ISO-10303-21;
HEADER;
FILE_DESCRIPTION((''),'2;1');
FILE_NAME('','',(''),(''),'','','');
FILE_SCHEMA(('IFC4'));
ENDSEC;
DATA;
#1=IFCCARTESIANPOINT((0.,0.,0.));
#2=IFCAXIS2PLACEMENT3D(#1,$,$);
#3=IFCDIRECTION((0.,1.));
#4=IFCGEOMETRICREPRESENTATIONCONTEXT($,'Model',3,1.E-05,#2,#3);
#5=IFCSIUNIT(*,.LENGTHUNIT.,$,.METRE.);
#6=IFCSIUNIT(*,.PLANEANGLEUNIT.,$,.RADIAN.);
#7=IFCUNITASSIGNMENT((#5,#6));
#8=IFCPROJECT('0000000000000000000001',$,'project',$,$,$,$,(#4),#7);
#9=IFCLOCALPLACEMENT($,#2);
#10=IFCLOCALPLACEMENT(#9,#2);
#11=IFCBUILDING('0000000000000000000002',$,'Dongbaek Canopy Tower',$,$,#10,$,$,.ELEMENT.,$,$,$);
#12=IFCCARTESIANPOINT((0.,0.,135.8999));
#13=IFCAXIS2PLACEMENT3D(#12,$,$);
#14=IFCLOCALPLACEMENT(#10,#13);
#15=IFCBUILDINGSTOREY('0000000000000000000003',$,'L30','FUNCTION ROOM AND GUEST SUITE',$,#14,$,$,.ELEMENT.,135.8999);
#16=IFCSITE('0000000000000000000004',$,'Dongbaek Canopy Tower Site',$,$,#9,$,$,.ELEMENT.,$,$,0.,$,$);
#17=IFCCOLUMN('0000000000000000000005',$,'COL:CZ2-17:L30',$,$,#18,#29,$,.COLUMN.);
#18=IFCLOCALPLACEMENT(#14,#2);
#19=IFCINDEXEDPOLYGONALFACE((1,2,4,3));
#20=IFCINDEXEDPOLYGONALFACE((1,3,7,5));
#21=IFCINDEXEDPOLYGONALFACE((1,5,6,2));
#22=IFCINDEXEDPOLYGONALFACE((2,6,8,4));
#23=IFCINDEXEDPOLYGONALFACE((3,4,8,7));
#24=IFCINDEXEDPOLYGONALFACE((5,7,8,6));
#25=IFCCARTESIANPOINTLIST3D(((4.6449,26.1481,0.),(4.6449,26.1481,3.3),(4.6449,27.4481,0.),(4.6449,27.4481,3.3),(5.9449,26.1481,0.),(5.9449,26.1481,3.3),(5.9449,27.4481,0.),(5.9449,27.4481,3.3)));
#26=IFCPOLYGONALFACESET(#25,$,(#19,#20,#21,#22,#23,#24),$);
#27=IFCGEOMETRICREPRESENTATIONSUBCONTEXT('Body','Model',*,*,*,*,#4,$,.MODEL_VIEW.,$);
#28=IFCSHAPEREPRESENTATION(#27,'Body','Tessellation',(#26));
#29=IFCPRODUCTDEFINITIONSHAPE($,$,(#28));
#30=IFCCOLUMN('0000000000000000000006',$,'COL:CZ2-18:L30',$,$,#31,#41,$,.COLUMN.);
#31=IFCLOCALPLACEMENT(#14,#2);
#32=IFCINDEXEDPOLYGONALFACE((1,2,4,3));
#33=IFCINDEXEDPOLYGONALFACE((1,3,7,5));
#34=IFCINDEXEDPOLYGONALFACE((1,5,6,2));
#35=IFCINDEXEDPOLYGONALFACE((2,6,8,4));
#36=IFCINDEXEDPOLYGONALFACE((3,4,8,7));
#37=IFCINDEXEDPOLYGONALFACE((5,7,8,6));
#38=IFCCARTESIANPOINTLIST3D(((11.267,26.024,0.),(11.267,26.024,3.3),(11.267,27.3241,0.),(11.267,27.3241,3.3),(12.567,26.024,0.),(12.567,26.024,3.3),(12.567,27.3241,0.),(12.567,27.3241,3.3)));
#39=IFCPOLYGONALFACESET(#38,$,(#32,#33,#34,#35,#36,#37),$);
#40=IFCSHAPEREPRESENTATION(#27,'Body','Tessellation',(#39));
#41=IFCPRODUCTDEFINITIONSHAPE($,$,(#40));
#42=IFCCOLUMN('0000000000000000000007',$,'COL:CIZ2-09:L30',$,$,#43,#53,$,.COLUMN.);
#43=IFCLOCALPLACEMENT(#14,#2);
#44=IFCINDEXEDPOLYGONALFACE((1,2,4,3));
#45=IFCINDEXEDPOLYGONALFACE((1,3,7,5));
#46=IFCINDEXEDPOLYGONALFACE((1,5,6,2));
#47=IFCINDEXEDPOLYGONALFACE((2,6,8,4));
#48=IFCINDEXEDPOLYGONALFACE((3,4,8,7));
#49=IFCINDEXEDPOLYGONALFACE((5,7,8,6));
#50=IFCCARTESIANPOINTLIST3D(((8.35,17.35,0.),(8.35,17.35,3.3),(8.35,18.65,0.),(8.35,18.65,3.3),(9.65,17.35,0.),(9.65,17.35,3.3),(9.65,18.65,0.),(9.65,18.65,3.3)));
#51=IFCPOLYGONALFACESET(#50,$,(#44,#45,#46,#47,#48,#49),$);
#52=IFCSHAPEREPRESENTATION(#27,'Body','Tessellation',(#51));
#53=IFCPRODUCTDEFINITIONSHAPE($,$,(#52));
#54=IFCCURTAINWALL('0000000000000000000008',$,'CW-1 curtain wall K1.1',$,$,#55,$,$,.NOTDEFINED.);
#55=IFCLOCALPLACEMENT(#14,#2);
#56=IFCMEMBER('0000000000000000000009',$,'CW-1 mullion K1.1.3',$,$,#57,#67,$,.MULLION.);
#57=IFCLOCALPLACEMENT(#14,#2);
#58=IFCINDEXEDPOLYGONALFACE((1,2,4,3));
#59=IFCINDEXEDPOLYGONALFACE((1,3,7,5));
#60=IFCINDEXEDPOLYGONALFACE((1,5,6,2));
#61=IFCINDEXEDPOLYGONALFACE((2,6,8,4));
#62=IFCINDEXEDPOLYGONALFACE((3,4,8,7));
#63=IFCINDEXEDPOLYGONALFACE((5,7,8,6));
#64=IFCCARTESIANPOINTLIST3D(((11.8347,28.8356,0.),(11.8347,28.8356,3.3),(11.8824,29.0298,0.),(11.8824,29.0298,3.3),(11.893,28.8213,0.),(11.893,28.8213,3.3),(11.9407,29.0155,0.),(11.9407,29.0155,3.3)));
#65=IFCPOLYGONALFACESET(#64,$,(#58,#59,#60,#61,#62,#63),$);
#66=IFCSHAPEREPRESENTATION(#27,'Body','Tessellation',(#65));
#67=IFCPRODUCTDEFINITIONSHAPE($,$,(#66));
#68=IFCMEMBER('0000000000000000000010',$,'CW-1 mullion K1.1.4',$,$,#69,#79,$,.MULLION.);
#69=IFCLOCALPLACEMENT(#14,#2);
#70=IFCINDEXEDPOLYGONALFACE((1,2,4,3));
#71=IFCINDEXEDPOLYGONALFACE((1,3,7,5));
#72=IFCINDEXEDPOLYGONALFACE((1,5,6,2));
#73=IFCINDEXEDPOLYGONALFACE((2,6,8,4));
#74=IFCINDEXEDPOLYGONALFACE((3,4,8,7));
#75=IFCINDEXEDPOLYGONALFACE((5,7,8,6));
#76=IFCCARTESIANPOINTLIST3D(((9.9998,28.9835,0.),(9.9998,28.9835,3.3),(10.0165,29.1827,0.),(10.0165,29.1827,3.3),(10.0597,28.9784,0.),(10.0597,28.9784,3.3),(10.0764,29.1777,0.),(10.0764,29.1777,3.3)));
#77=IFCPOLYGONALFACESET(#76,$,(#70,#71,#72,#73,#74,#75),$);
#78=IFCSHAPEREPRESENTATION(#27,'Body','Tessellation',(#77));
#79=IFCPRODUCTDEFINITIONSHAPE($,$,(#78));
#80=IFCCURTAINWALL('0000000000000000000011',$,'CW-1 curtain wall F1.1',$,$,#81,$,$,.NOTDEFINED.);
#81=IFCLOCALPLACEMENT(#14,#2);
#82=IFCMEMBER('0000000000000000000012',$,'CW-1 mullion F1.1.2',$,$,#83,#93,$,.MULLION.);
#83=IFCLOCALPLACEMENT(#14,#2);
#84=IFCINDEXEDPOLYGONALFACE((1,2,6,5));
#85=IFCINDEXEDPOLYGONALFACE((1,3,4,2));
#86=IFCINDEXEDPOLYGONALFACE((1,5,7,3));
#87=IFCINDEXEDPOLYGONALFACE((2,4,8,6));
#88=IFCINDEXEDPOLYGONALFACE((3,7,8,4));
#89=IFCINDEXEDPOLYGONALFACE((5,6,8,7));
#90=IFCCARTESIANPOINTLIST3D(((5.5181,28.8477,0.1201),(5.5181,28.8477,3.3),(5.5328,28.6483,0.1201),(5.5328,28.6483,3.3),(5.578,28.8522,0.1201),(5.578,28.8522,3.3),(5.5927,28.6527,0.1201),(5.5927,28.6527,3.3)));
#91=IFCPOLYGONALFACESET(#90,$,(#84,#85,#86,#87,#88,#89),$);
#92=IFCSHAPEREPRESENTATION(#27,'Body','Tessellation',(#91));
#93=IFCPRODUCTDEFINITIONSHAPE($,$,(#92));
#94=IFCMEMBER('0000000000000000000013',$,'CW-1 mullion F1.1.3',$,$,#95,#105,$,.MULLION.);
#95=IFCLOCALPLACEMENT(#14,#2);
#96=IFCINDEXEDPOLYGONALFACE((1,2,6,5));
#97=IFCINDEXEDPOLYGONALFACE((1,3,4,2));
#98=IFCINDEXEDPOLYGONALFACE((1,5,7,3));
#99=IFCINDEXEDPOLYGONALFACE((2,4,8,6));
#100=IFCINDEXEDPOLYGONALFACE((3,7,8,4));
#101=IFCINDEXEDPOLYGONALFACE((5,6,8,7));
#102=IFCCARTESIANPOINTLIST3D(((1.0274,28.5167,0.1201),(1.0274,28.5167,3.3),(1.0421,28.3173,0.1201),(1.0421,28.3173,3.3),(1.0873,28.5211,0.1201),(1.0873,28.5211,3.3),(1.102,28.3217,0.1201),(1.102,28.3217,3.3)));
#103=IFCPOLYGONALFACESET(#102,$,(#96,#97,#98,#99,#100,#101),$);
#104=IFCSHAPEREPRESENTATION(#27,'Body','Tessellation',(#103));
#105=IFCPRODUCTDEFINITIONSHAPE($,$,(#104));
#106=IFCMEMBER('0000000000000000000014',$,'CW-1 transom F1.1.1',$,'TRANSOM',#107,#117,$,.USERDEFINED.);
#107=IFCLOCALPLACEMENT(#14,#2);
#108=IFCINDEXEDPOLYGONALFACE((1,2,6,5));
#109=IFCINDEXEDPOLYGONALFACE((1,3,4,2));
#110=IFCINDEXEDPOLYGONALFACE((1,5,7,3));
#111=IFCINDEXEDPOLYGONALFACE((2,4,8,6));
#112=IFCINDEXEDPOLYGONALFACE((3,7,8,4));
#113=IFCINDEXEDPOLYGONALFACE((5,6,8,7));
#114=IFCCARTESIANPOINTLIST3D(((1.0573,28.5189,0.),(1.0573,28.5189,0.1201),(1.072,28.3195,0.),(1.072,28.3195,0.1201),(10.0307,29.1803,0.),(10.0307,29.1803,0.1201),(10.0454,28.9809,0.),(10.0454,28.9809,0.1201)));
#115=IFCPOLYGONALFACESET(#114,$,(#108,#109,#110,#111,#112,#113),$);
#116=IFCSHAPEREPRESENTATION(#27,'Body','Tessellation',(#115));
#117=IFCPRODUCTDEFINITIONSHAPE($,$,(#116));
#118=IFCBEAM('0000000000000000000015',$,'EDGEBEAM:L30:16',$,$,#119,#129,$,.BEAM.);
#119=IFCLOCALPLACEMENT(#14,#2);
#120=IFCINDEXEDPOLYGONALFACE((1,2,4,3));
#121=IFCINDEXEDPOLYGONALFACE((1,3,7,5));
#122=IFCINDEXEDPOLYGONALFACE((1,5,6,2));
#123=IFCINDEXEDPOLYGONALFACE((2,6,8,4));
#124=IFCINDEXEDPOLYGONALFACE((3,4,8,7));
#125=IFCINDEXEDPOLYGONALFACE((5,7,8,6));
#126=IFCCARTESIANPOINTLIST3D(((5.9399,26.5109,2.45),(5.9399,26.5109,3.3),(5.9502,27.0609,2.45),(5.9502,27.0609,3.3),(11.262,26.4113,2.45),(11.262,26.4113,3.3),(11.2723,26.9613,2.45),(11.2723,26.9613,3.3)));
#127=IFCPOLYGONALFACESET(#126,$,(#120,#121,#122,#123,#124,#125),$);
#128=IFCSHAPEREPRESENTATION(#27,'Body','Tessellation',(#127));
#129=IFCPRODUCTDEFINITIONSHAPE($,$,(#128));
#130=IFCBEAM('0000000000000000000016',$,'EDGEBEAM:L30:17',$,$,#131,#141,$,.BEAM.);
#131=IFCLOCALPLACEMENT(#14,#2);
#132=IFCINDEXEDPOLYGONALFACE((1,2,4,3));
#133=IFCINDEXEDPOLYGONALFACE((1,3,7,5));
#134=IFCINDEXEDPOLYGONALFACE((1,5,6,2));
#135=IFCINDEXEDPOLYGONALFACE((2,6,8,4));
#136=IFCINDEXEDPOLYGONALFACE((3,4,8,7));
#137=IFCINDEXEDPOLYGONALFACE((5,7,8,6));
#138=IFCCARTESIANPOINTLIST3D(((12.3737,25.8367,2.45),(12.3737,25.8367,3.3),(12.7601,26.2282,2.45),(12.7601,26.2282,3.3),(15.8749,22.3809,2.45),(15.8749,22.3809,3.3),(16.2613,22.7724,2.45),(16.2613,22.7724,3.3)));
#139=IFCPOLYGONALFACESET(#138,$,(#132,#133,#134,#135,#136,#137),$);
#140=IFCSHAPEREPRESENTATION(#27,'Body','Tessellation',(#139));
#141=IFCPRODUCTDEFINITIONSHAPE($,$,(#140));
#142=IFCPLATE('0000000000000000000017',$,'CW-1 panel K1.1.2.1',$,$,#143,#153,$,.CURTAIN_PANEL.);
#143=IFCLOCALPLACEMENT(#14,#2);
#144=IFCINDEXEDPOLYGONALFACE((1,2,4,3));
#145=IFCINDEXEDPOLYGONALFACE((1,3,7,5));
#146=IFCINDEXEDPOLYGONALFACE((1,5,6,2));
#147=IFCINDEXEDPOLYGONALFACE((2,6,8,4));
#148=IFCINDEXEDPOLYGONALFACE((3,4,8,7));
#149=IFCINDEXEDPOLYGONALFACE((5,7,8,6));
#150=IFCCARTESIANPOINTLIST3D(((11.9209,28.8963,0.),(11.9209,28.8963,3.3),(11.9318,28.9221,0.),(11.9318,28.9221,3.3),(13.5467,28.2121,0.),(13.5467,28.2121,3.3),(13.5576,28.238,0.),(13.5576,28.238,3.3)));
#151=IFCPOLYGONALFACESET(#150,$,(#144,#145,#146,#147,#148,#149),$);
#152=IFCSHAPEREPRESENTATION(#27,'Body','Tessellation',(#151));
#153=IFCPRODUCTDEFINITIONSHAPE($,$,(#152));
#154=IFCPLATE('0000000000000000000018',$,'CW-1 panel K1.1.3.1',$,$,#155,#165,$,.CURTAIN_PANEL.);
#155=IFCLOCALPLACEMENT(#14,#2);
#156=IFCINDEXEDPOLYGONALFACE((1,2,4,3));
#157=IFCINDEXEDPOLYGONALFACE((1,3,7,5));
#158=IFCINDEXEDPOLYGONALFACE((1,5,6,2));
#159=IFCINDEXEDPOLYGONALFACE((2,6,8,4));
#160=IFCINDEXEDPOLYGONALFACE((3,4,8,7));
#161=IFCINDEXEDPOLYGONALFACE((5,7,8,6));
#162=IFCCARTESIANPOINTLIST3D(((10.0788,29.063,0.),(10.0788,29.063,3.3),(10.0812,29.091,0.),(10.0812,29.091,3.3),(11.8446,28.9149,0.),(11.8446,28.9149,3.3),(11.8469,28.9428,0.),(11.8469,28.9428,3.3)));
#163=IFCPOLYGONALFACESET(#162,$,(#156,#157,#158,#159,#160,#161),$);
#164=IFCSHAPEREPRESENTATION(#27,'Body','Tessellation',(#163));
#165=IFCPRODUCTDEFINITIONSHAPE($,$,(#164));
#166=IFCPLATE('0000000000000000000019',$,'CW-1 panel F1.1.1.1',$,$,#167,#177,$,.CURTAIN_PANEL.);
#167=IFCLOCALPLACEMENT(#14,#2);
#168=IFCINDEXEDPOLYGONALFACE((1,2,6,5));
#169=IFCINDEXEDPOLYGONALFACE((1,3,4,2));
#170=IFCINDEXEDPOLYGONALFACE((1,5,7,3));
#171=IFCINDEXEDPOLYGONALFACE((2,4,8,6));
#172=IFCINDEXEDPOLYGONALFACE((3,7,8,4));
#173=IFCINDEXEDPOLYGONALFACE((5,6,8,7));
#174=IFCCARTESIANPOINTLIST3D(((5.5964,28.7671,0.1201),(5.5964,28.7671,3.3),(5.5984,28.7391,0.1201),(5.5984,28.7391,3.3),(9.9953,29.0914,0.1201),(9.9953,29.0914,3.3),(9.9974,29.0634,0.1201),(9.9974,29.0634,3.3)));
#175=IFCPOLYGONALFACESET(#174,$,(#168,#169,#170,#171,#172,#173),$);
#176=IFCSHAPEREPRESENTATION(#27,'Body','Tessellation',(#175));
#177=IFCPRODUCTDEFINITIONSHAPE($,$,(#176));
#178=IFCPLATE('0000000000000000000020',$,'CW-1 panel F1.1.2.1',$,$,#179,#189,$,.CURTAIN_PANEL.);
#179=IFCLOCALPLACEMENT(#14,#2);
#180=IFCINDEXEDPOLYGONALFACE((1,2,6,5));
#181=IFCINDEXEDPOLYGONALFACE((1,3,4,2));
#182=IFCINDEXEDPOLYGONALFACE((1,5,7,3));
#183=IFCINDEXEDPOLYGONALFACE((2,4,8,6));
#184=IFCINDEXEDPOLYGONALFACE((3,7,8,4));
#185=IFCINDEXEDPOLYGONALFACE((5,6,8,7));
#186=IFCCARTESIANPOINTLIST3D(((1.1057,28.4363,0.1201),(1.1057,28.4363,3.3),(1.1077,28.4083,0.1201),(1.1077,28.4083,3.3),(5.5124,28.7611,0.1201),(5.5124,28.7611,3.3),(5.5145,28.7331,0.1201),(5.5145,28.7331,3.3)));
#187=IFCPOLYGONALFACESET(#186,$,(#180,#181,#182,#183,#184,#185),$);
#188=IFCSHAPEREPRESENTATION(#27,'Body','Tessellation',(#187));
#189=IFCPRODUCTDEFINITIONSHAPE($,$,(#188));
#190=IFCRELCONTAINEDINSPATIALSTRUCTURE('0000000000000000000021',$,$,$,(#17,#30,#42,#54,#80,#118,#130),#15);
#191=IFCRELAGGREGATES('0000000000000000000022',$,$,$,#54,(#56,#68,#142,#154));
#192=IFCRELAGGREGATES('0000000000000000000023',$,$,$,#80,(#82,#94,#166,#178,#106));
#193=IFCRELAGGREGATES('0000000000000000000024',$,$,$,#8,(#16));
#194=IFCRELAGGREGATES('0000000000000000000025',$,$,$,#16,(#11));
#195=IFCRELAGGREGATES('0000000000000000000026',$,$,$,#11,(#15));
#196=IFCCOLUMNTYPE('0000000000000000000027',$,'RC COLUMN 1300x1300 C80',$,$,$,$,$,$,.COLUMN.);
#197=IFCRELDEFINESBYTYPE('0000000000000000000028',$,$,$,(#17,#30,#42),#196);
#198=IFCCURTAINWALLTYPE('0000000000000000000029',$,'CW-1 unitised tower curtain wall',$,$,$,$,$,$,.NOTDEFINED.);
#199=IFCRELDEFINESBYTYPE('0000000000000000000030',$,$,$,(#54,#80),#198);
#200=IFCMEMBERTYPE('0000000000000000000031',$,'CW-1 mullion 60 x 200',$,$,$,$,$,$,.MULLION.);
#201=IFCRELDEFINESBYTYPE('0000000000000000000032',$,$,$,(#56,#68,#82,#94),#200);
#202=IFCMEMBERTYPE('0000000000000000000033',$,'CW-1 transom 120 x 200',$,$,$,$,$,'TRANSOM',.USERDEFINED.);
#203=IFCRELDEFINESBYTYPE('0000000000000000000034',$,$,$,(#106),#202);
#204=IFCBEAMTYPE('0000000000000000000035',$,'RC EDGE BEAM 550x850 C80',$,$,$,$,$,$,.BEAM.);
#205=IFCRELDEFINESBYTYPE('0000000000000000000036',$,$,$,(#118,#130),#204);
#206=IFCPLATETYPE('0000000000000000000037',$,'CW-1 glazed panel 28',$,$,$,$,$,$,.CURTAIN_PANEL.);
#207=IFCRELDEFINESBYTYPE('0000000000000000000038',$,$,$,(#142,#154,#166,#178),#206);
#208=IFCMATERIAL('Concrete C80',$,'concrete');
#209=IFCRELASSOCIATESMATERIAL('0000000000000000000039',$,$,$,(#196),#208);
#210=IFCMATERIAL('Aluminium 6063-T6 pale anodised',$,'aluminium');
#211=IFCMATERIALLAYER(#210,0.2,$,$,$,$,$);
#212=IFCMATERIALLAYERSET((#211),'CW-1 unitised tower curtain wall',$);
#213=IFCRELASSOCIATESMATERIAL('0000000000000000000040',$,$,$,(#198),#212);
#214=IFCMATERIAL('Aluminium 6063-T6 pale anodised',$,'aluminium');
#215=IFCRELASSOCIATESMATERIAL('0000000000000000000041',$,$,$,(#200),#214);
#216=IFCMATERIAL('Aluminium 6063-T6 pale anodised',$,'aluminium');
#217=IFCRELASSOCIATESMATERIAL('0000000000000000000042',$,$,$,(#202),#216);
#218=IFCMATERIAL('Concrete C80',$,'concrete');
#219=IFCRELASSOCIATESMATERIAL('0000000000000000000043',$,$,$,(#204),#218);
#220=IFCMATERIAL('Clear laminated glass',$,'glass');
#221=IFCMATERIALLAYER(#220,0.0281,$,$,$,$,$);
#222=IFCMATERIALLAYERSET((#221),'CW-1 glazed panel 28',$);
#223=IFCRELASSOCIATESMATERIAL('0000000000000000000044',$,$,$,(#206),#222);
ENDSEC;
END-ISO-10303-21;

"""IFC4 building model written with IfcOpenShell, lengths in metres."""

from ifc_helpers import new_model, si_unit, direction, frame, origin, origin_2d, place, context, subcontext, project, spatial, rectangle, extrude, material, layer, layer_set, material_profile, profile_set, type_object, element, aggregate, save


model = new_model("IFC4")

# Units and contexts
model_context = context("Model", 3, precision=1e-05, world=origin(), true_north=direction((0.0, 1.0)))
body_context = subcontext(model_context, "Body", "Model", "MODEL_VIEW")
ifc_project = project(units=[si_unit("LENGTHUNIT", "METRE"), si_unit("PLANEANGLEUNIT", "RADIAN")], contexts=[model_context])

# Site, building, storey
site_placement = place(None, origin())
site = spatial("IfcSite", under=ifc_project, at=site_placement, Name="Dongbaek Canopy Tower Site", CompositionType="ELEMENT", RefElevation=0.0)
building_placement = place(site_placement, origin())
building = spatial("IfcBuilding", under=site, at=building_placement, Name="Dongbaek Canopy Tower", CompositionType="ELEMENT")
storey_placement = place(building_placement, frame((0.0, 0.0, 135.8999)))
storey = spatial("IfcBuildingStorey", under=building, at=storey_placement, Name="L30", Description="FUNCTION ROOM AND GUEST SUITE", CompositionType="ELEMENT", Elevation=135.8999)

# Columns
ifc_material_1 = material(Name="Concrete C80", Category="concrete")
ifc_material_profile_1 = material_profile(ifc_material_1, rectangle(XDim=1.3, YDim=1.3, at=origin_2d()), Name="RC COLUMN 1300x1300 C80")
ifc_profile_set_1 = profile_set([ifc_material_profile_1], Name="Concrete C80")
column_type = type_object("IfcColumnType", Name="RC COLUMN 1300x1300 C80", PredefinedType="COLUMN", material=ifc_profile_set_1)
for number, where, z_axis, x_axis, name in (
    (1, (5.2949, 26.7981, 0.0), (0.0, 0.0, 1.0), (1.0, 0.0, 0.0), "COL:CZ2-17:L30"),
    (2, (11.917, 26.6741, 0.0), (0.0, 0.0, 1.0), (1.0, 0.0, 0.0), "COL:CZ2-18:L30"),
    (3, (9.0, 18.0, 0.0), (0.0, 0.0, 1.0), (1.0, 0.0, 0.0), "COL:CIZ2-09:L30"),
):
    element("IfcColumn", number, at=place(storey_placement, frame(where, z_axis=z_axis, x_axis=x_axis)), inside=storey, type_object=column_type, Name=name, PredefinedType="COLUMN", context=body_context, shape_type="SweptSolid", body=[
        extrude(rectangle(XDim=1.3, YDim=1.3, at=origin_2d()), origin(), (0.0, 0.0, 1.0), 3.3),
    ])

# Curtain walls, members
ifc_material_2 = material(Name="Aluminium 6063-T6 pale anodised", Category="aluminium")
ifc_layer_1 = layer(ifc_material_2, 0.2)
ifc_layer_set_1 = layer_set([ifc_layer_1], Name="CW-1 unitised tower curtain wall")
curtain_wall_type = type_object("IfcCurtainWallType", Name="CW-1 unitised tower curtain wall", PredefinedType="NOTDEFINED", material=ifc_layer_set_1)
curtain_wall_1_placement = place(storey_placement, origin())
curtain_wall_1 = element("IfcCurtainWall", 4, at=curtain_wall_1_placement, inside=storey, type_object=curtain_wall_type, Name="CW-1 curtain wall K1.1", PredefinedType="NOTDEFINED")
ifc_material_3 = material(Name="Aluminium 6063-T6 pale anodised", Category="aluminium")
ifc_material_profile_2 = material_profile(ifc_material_3, rectangle(XDim=0.2, YDim=0.0601, at=origin_2d()), Name="CW-1 mullion 60 x 200")
ifc_profile_set_2 = profile_set([ifc_material_profile_2], Name="Aluminium 6063-T6 pale anodised")
member_type_1 = type_object("IfcMemberType", Name="CW-1 mullion 60 x 200", PredefinedType="MULLION", material=ifc_profile_set_2)
member_1_placement = place(storey_placement, frame((11.8877, 28.9255, 0.0), z_axis=(0.0, 0.0, 1.0), x_axis=(0.238674, 0.9711, 0.0)))
member_1 = element("IfcMember", 5, at=member_1_placement, type_object=member_type_1, Name="CW-1 mullion K1.1.3", PredefinedType="MULLION", context=body_context, shape_type="SweptSolid", body=[
    extrude(rectangle(XDim=0.2, YDim=0.0601, at=origin_2d()), origin(), (0.0, 0.0, 1.0), 3.3),
])
member_2_placement = place(storey_placement, frame((10.0381, 29.0806, 0.0), z_axis=(0.0, 0.0, 1.0), x_axis=(0.08361, 0.996499, 0.0)))
member_2 = element("IfcMember", 6, at=member_2_placement, type_object=member_type_1, Name="CW-1 mullion K1.1.4", PredefinedType="MULLION", context=body_context, shape_type="SweptSolid", body=[
    extrude(rectangle(XDim=0.2, YDim=0.0601, at=origin_2d()), origin(), (0.0, 0.0, 1.0), 3.3),
])
curtain_wall_2_placement = place(storey_placement, origin())
curtain_wall_2 = element("IfcCurtainWall", 7, at=curtain_wall_2_placement, inside=storey, type_object=curtain_wall_type, Name="CW-1 curtain wall F1.1", PredefinedType="NOTDEFINED")
member_3_placement = place(storey_placement, frame((5.5554, 28.7502, 0.1201), z_axis=(0.0, 0.0, 1.0), x_axis=(-0.073519, 0.997294, 0.0)))
member_3 = element("IfcMember", 8, at=member_3_placement, type_object=member_type_1, Name="CW-1 mullion F1.1.2", PredefinedType="MULLION", context=body_context, shape_type="SweptSolid", body=[
    extrude(rectangle(XDim=0.2, YDim=0.0601, at=origin_2d()), origin(), (0.0, 0.0, 1.0), 3.1799),
])
member_4_placement = place(storey_placement, frame((1.0647, 28.4192, 0.1201), z_axis=(0.0, 0.0, 1.0), x_axis=(-0.073519, 0.997294, 0.0)))
member_4 = element("IfcMember", 9, at=member_4_placement, type_object=member_type_1, Name="CW-1 mullion F1.1.3", PredefinedType="MULLION", context=body_context, shape_type="SweptSolid", body=[
    extrude(rectangle(XDim=0.2, YDim=0.0601, at=origin_2d()), origin(), (0.0, 0.0, 1.0), 3.1799),
])
ifc_material_4 = material(Name="Aluminium 6063-T6 pale anodised", Category="aluminium")
ifc_material_profile_3 = material_profile(ifc_material_4, rectangle(XDim=0.2, YDim=0.1201, at=origin_2d()), Name="CW-1 transom 120 x 200")
ifc_profile_set_3 = profile_set([ifc_material_profile_3], Name="Aluminium 6063-T6 pale anodised")
member_type_2 = type_object("IfcMemberType", Name="CW-1 transom 120 x 200", ElementType="TRANSOM", PredefinedType="USERDEFINED", material=ifc_profile_set_3)
member_5_placement = place(storey_placement, frame((10.0381, 29.0806, 0.0601), z_axis=(-0.997295, -0.073505, 0.0), x_axis=(0.073505, -0.997295, 0.0)))
member_5 = element("IfcMember", 10, at=member_5_placement, type_object=member_type_2, Name="CW-1 transom F1.1.1", ObjectType="TRANSOM", PredefinedType="USERDEFINED", context=body_context, shape_type="SweptSolid", body=[
    extrude(rectangle(XDim=0.2, YDim=0.1201, at=origin_2d()), origin(), (0.0, 0.0, 1.0), 8.9978),
])

# Beams
ifc_material_5 = material(Name="Concrete C80", Category="concrete")
ifc_material_profile_4 = material_profile(ifc_material_5, rectangle(XDim=0.55, YDim=0.8501, at=origin_2d()), Name="RC EDGE BEAM 550x850 C80")
ifc_profile_set_4 = profile_set([ifc_material_profile_4], Name="Concrete C80")
beam_type = type_object("IfcBeamType", Name="RC EDGE BEAM 550x850 C80", PredefinedType="BEAM", material=ifc_profile_set_4)
beam_1_placement = place(storey_placement, frame((5.9451, 26.7859, 2.875), z_axis=(0.999825, -0.018713, 0.0), x_axis=(0.018713, 0.999825, 0.0)))
element("IfcBeam", 11, at=beam_1_placement, inside=storey, type_object=beam_type, Name="EDGEBEAM:L30:16", PredefinedType="BEAM", context=body_context, shape_type="SweptSolid", body=[
    extrude(rectangle(XDim=0.55, YDim=0.8501, at=origin_2d()), origin(), (0.0, 0.0, 1.0), 5.323),
])
beam_2_placement = place(storey_placement, frame((12.5669, 26.0325, 2.875), z_axis=(0.711707, -0.702476, 0.0), x_axis=(0.702476, 0.711707, 0.0)))
element("IfcBeam", 12, at=beam_2_placement, inside=storey, type_object=beam_type, Name="EDGEBEAM:L30:17", PredefinedType="BEAM", context=body_context, shape_type="SweptSolid", body=[
    extrude(rectangle(XDim=0.55, YDim=0.8501, at=origin_2d()), origin(), (0.0, 0.0, 1.0), 4.9194),
])

# Plates
ifc_material_6 = material(Name="Clear laminated glass", Category="glass")
ifc_layer_2 = layer(ifc_material_6, 0.0281)
ifc_layer_set_2 = layer_set([ifc_layer_2], Name="CW-1 glazed panel 28")
plate_type = type_object("IfcPlateType", Name="CW-1 glazed panel 28", PredefinedType="CURTAIN_PANEL", material=ifc_layer_set_2)
plate_1_placement = place(storey_placement, frame((12.7393, 28.5671, 0.0), z_axis=(0.0, 0.0, 1.0), x_axis=(-0.921724, 0.387845, 0.0)))
plate_1 = element("IfcPlate", 13, at=plate_1_placement, type_object=plate_type, Name="CW-1 panel K1.1.2.1", PredefinedType="CURTAIN_PANEL", context=body_context, shape_type="SweptSolid", body=[
    extrude(rectangle(XDim=1.7639, YDim=0.0281, at=origin_2d()), origin(), (0.0, 0.0, 1.0), 3.3),
])
plate_2_placement = place(storey_placement, frame((10.9629, 29.0029, 0.0), z_axis=(0.0, 0.0, 1.0), x_axis=(-0.996499, 0.08361, 0.0)))
plate_2 = element("IfcPlate", 14, at=plate_2_placement, type_object=plate_type, Name="CW-1 panel K1.1.3.1", PredefinedType="CURTAIN_PANEL", context=body_context, shape_type="SweptSolid", body=[
    extrude(rectangle(XDim=1.772, YDim=0.0281, at=origin_2d()), origin(), (0.0, 0.0, 1.0), 3.3),
])
aggregate(curtain_wall_1, [member_1, member_2, plate_1, plate_2])
plate_3_placement = place(storey_placement, frame((7.7969, 28.9153, 0.1201), z_axis=(0.0, 0.0, 1.0), x_axis=(-0.997294, -0.073519, 0.0)))
plate_3 = element("IfcPlate", 15, at=plate_3_placement, type_object=plate_type, Name="CW-1 panel F1.1.1.1", PredefinedType="CURTAIN_PANEL", context=body_context, shape_type="SweptSolid", body=[
    extrude(rectangle(XDim=4.4109, YDim=0.0281, at=origin_2d()), origin(), (0.0, 0.0, 1.0), 3.1799),
])
plate_4_placement = place(storey_placement, frame((3.3101, 28.5847, 0.1201), z_axis=(0.0, 0.0, 1.0), x_axis=(-0.997294, -0.073519, 0.0)))
plate_4 = element("IfcPlate", 16, at=plate_4_placement, type_object=plate_type, Name="CW-1 panel F1.1.2.1", PredefinedType="CURTAIN_PANEL", context=body_context, shape_type="SweptSolid", body=[
    extrude(rectangle(XDim=4.4187, YDim=0.0281, at=origin_2d()), origin(), (0.0, 0.0, 1.0), 3.1799),
])

aggregate(curtain_wall_2, [member_3, member_4, plate_3, plate_4, member_5])

save(model, "model.ifc")
